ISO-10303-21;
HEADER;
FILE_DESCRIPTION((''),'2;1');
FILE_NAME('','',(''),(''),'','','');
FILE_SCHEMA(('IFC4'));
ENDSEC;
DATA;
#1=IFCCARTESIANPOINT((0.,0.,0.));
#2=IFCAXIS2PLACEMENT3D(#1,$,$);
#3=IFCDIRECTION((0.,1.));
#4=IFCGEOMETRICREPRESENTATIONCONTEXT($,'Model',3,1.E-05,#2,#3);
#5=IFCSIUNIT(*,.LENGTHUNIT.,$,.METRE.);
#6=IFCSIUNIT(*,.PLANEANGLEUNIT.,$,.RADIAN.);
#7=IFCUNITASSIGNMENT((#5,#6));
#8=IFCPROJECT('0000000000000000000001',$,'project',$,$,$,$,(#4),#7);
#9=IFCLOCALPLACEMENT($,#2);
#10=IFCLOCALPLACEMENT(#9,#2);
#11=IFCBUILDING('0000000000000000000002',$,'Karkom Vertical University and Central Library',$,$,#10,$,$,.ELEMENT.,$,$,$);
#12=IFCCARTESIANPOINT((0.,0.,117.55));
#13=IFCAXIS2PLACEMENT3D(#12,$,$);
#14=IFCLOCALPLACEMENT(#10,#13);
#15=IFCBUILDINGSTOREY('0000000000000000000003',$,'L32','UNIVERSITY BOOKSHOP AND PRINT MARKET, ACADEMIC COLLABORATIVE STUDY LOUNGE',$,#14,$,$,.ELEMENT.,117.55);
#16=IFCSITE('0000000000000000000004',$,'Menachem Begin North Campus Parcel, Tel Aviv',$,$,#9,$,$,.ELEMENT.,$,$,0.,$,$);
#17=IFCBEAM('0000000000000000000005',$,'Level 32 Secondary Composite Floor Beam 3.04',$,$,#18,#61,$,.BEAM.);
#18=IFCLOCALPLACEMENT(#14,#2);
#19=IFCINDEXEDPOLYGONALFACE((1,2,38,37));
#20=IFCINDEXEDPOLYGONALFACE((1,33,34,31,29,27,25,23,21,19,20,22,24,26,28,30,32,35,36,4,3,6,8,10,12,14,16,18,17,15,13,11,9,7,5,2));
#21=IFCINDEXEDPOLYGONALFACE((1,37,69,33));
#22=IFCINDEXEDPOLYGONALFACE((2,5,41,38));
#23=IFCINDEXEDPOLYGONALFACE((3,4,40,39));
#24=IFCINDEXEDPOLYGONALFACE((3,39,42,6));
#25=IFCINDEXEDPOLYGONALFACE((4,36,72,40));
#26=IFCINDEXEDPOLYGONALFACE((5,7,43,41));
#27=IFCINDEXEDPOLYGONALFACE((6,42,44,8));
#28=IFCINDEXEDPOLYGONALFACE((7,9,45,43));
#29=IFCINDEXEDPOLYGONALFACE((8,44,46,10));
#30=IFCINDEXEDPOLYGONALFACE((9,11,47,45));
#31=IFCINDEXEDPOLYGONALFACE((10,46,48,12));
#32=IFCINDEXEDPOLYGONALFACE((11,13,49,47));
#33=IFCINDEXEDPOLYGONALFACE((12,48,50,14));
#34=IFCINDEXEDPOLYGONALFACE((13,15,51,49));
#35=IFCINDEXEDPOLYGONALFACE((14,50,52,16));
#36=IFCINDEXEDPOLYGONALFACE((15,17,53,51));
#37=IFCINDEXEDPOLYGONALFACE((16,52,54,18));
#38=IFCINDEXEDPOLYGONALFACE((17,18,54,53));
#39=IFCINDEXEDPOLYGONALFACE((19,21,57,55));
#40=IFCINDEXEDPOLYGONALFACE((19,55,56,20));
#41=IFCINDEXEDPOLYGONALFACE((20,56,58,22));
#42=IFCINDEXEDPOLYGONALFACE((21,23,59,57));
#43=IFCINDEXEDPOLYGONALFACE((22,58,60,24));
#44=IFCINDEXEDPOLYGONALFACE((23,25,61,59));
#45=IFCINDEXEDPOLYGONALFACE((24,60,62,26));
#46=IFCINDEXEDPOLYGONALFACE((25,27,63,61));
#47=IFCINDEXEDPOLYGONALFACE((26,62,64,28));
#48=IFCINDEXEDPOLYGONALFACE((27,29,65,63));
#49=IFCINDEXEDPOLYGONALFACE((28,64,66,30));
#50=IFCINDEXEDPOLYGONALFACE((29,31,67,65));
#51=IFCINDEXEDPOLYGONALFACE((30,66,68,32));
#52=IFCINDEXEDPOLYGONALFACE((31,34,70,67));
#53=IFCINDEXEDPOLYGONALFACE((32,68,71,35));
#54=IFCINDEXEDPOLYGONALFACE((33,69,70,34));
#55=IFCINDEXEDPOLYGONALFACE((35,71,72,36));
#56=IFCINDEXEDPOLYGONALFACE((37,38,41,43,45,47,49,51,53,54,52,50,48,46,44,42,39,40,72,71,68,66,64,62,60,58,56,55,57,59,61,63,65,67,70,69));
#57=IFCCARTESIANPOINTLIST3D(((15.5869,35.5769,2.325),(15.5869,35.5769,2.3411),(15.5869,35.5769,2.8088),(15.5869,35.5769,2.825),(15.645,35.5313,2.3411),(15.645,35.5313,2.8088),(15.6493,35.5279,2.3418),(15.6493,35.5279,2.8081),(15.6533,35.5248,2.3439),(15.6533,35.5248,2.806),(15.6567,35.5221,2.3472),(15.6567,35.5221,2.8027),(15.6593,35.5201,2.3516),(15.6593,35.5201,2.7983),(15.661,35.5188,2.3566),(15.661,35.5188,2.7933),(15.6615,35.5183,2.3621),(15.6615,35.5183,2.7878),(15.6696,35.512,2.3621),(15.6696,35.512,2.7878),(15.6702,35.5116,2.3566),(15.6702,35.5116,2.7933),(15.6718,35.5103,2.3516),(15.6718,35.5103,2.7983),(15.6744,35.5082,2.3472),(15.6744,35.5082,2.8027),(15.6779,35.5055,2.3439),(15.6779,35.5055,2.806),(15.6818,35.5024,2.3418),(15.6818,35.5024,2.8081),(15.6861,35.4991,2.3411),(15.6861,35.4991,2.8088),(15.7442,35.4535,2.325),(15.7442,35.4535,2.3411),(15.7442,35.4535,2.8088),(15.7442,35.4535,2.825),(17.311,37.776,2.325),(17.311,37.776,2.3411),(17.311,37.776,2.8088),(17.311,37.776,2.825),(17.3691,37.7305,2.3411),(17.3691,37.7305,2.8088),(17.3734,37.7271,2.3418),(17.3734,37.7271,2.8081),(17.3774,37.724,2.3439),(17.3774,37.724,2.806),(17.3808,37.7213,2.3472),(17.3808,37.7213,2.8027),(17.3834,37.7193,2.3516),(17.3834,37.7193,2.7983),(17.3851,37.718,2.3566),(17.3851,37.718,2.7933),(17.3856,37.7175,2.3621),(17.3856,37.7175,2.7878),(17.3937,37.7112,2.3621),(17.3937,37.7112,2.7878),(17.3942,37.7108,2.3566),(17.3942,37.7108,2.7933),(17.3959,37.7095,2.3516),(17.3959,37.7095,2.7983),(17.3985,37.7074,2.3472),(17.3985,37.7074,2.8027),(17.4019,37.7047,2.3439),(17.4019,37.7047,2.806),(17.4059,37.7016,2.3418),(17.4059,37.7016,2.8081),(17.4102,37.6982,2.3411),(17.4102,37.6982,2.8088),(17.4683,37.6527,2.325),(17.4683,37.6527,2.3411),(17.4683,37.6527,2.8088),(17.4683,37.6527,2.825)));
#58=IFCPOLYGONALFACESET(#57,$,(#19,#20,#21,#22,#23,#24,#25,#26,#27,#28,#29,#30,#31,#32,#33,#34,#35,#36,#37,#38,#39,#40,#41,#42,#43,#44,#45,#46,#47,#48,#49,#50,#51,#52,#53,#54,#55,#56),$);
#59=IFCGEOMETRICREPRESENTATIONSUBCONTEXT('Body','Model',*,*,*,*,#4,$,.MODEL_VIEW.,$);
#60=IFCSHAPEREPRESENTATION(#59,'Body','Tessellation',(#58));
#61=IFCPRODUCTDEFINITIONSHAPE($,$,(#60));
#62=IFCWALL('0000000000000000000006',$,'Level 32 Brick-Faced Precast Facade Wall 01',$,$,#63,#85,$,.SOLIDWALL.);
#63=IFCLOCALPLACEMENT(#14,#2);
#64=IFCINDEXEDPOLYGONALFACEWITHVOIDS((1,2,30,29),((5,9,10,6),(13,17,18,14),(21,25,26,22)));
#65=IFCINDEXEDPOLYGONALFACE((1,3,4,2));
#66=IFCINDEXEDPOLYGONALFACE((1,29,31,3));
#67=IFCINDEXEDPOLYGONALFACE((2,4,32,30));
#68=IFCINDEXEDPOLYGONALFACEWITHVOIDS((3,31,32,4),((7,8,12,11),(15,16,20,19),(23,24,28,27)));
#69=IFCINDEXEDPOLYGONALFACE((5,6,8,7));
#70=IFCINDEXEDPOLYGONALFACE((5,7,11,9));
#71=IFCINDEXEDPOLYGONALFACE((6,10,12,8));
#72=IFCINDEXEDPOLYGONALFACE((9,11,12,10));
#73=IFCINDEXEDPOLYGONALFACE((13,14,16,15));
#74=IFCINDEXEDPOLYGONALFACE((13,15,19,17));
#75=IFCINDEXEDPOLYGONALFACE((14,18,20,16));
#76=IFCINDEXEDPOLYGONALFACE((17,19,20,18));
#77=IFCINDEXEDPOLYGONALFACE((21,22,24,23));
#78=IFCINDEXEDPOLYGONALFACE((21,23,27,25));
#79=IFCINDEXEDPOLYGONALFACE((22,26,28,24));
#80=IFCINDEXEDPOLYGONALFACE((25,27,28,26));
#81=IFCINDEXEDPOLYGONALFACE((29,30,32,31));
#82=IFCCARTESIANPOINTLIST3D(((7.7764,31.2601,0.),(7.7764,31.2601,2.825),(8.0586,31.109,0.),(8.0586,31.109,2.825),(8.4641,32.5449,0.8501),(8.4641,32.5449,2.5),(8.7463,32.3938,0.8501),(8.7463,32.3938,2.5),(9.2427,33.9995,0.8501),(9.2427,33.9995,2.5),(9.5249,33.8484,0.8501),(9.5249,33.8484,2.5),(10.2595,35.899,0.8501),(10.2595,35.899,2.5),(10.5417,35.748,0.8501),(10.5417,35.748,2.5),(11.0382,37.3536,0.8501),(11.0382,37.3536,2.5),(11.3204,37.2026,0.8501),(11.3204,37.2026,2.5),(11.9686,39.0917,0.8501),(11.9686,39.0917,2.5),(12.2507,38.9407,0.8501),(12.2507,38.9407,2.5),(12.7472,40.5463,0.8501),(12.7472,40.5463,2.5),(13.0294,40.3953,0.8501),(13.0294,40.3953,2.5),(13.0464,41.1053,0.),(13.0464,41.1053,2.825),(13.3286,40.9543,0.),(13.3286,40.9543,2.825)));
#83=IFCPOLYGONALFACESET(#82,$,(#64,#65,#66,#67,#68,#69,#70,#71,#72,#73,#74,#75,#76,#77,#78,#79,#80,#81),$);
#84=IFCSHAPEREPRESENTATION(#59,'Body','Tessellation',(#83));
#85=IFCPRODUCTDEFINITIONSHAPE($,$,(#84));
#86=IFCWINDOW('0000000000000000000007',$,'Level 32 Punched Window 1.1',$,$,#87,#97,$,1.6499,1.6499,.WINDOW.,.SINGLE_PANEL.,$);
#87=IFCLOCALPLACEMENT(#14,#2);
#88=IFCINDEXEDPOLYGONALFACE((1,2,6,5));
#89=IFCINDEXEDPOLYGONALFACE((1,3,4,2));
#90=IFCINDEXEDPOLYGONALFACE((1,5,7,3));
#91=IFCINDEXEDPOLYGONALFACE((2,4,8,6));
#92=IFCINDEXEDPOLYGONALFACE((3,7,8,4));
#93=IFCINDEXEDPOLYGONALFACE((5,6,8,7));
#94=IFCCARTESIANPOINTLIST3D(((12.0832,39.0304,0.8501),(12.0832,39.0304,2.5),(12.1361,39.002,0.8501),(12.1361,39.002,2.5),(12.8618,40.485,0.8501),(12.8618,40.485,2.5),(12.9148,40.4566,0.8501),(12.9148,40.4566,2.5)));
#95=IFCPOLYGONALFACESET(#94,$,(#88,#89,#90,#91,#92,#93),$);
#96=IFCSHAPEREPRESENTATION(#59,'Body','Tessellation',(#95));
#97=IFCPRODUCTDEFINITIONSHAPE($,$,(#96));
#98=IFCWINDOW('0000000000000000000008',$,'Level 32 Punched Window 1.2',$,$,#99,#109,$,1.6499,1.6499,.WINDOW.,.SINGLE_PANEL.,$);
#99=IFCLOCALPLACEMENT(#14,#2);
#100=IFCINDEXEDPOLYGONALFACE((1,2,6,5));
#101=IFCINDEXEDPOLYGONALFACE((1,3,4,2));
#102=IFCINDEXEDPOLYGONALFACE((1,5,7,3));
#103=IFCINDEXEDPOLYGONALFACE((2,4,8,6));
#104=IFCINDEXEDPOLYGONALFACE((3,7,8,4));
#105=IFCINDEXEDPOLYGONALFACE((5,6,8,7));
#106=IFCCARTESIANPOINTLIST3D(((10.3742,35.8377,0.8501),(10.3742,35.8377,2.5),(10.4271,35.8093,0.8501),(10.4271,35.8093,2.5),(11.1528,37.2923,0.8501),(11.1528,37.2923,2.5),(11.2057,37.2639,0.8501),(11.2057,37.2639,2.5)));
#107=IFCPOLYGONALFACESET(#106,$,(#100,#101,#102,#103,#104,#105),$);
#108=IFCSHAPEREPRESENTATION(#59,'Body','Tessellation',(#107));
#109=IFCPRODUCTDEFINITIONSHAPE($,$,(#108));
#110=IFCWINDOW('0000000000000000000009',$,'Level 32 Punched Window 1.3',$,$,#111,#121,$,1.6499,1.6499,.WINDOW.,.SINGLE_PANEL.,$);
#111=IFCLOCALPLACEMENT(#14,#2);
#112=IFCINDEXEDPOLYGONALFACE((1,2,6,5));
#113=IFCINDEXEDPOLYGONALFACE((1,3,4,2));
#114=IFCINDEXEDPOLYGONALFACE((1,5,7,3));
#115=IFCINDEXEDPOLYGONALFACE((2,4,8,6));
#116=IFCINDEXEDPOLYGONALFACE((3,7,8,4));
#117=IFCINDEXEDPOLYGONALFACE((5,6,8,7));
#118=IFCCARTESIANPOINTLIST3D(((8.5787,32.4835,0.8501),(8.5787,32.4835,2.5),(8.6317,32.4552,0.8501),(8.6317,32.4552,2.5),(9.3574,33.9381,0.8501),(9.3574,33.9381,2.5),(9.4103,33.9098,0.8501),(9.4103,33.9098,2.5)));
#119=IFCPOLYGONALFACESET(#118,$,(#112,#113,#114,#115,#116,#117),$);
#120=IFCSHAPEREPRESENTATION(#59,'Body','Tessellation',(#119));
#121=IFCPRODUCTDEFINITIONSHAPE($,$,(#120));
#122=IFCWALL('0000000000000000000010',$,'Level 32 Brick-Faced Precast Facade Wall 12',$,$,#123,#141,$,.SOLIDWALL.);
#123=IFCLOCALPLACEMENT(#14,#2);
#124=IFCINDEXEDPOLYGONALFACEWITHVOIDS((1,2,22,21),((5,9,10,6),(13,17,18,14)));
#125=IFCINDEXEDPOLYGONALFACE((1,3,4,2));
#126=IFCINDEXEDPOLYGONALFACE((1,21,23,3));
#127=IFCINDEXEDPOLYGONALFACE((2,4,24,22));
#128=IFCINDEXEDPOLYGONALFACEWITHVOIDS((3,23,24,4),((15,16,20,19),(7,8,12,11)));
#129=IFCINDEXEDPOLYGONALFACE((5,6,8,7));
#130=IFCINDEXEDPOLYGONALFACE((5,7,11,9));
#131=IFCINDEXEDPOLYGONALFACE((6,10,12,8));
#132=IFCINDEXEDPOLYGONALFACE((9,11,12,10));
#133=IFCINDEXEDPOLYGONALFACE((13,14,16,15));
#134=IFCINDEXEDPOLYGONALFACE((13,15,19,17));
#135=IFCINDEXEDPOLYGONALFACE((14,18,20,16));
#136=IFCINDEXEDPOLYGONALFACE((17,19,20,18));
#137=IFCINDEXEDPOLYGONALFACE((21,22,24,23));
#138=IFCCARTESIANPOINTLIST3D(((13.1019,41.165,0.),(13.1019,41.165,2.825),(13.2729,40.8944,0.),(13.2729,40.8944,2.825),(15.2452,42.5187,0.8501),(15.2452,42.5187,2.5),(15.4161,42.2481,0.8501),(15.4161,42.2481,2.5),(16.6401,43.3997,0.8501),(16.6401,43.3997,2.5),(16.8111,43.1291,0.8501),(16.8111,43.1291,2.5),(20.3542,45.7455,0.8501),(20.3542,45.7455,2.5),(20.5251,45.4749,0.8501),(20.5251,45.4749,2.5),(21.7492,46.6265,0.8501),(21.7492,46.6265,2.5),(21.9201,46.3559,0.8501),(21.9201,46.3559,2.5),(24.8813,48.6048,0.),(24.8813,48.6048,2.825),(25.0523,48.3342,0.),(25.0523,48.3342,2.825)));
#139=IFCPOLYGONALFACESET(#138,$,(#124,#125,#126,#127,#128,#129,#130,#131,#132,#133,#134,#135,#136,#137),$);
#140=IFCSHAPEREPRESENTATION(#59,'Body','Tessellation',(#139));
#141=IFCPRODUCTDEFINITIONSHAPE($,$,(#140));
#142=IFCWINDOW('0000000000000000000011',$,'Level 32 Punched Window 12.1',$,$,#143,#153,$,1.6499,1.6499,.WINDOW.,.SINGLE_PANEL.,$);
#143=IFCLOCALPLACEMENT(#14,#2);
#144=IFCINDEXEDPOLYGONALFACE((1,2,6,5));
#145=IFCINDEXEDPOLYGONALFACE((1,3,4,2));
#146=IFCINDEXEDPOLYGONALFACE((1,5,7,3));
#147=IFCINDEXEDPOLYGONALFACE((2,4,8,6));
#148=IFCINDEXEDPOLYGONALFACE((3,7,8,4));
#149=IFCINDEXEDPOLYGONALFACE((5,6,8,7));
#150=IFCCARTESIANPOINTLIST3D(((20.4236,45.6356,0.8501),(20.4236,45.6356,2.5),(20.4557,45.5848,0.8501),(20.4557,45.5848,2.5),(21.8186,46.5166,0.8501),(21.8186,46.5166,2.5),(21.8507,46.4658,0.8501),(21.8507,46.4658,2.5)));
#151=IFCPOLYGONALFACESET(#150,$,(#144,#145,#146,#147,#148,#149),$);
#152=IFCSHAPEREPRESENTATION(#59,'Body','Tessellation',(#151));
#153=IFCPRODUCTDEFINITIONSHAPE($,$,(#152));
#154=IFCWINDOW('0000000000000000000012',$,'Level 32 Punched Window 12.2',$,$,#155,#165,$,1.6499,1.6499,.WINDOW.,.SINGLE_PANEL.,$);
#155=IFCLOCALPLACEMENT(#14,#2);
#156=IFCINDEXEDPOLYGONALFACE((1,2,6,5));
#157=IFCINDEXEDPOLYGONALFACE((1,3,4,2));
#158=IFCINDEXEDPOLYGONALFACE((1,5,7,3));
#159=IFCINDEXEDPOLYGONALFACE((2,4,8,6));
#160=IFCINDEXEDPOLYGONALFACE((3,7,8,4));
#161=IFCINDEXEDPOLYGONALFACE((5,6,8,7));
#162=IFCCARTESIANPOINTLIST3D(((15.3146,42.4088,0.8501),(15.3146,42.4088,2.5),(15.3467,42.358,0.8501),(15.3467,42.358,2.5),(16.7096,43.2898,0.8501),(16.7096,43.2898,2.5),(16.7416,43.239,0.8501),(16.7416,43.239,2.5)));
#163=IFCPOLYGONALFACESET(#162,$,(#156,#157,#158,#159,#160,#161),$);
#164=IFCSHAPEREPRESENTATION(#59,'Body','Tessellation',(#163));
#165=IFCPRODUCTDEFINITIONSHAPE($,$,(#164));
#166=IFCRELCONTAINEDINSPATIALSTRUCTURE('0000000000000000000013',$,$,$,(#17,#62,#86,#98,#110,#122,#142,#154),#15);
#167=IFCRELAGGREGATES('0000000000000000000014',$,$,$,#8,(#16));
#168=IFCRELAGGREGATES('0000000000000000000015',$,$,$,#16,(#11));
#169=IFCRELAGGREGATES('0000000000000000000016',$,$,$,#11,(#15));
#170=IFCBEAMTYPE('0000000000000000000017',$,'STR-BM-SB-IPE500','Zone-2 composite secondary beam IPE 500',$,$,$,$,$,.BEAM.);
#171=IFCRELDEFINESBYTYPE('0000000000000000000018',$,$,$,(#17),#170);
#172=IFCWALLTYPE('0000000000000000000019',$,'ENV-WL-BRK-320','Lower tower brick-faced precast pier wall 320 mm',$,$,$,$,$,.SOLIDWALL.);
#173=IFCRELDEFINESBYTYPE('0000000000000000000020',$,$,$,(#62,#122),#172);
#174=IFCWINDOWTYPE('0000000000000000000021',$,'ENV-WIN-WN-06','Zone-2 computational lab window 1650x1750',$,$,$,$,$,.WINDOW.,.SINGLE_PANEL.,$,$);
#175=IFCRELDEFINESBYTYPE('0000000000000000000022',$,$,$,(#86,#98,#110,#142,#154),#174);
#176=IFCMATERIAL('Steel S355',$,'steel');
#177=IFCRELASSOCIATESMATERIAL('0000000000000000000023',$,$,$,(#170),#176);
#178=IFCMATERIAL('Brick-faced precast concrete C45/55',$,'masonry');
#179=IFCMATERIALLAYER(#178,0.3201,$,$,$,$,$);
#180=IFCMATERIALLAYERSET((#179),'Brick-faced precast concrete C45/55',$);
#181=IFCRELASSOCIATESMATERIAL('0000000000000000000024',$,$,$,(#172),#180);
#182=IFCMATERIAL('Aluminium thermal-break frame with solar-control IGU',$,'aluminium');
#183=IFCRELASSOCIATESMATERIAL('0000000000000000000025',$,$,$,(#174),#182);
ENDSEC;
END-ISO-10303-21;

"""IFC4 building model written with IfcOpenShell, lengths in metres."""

from ifc_helpers import new_model, si_unit, direction, frame, frame_2d, origin, origin_with_axes, origin_2d, place, context, subcontext, project, spatial, rectangle, i_section, extrude, source, transform, mapped, material, layer, layer_set, material_profile, profile_set, type_object, element, fill, save


model = new_model("IFC4")

# Units and contexts
model_context = context("Model", 3, precision=1e-05, world=origin(), true_north=direction((0.0, 1.0)))
body_context = subcontext(model_context, "Body", "Model", "MODEL_VIEW")
ifc_project = project(units=[si_unit("LENGTHUNIT", "METRE"), si_unit("PLANEANGLEUNIT", "RADIAN")], contexts=[model_context])

# Site, building, storey
site_placement = place(None, origin())
site = spatial("IfcSite", under=ifc_project, at=site_placement, Name="Menachem Begin North Campus Parcel, Tel Aviv", CompositionType="ELEMENT", RefElevation=0.0)
building_placement = place(site_placement, origin())
building = spatial("IfcBuilding", under=site, at=building_placement, Name="Karkom Vertical University and Central Library", CompositionType="ELEMENT")
storey_placement = place(building_placement, frame((0.0, 0.0, 117.55)))
storey = spatial("IfcBuildingStorey", under=building, at=storey_placement, Name="L32", Description="UNIVERSITY BOOKSHOP AND PRINT MARKET, ACADEMIC COLLABORATIVE STUDY LOUNGE", CompositionType="ELEMENT", Elevation=117.55)

# Beam
ifc_material_1 = material(Name="Steel S355", Category="steel")
ifc_material_profile_1 = material_profile(ifc_material_1, i_section(OverallWidth=0.2, OverallDepth=0.5, WebThickness=0.0103, FlangeThickness=0.0161, FilletRadius=0.021, at=origin_2d()), Name="IPE 500")
ifc_profile_set_1 = profile_set([ifc_material_profile_1], Name="Steel S355")
beam_type_1 = type_object("IfcBeamType", Name="STR-BM-SB-IPE500", Description="Zone-2 composite secondary beam IPE 500", PredefinedType="BEAM", material=ifc_profile_set_1)
shared_shape_1 = source(origin_with_axes(), body_context, "Body", "SweptSolid", [
    extrude(i_section(OverallWidth=0.2, OverallDepth=0.5, WebThickness=0.0103, FlangeThickness=0.0161, FilletRadius=0.021, at=origin_2d()), origin(), (0.0, 0.0, 1.0), 2.7944),
])
beam_1_placement = place(storey_placement, frame((17.3896, 37.7144, 2.575), z_axis=(-0.616972, -0.786985, 0.0), x_axis=(0.786985, -0.616972, 0.0)))
element("IfcBeam", 1, at=beam_1_placement, inside=storey, type_object=beam_type_1, Name="Level 32 Secondary Composite Floor Beam 3.04", PredefinedType="BEAM", context=body_context, shape_type="MappedRepresentation", body=[
    mapped(shared_shape_1, transform((0.0, 0.0, 0.0), scale=1.0)),
])

# Walls, openings, windows
ifc_material_2 = material(Name="Brick-faced precast concrete C45/55", Category="masonry")
ifc_layer_1 = layer(ifc_material_2, 0.3201)
ifc_layer_set_1 = layer_set([ifc_layer_1], Name="Brick-faced precast concrete C45/55")
wall_type_1 = type_object("IfcWallType", Name="ENV-WL-BRK-320", Description="Lower tower brick-faced precast pier wall 320 mm", PredefinedType="SOLIDWALL", material=ifc_layer_set_1)
wall_1_placement = place(storey_placement, frame((13.1875, 41.0298, 0.0), z_axis=(0.0, 0.0, 1.0), x_axis=(-0.471929, -0.881637, 0.0)))
wall_1 = element("IfcWall", 2, at=wall_1_placement, inside=storey, type_object=wall_type_1, Name="Level 32 Brick-Faced Precast Facade Wall 01", PredefinedType="SOLIDWALL", context=body_context, shape_type="SweptSolid", body=[
    extrude(rectangle(XDim=11.167, YDim=0.3201, at=frame_2d((5.5835, 0.0))), origin(), (0.0, 0.0, 1.0), 2.825),
])
opening_1_placement = place(wall_1_placement, frame((0.634, 0.0, 0.8501)))
opening_1 = element("IfcOpeningElement", 3, at=opening_1_placement, cuts=wall_1, PredefinedType="OPENING", context=body_context, shape_type="SweptSolid", body=[
    extrude(rectangle(XDim=1.6499, YDim=1.6499, at=frame_2d((0.825, 0.825))), frame((0.0, 0.1699, 0.0), z_axis=(0.0, -1.0, 0.0), x_axis=(1.0, 0.0, 0.0)), (0.0, 0.0, 1.0), 0.3401),
])
opening_2_placement = place(wall_1_placement, frame((4.2554, 0.0, 0.8501)))
opening_2 = element("IfcOpeningElement", 4, at=opening_2_placement, cuts=wall_1, PredefinedType="OPENING", context=body_context, shape_type="SweptSolid", body=[
    extrude(rectangle(XDim=1.6499, YDim=1.6499, at=frame_2d((0.825, 0.825))), frame((0.0, 0.1699, 0.0), z_axis=(0.0, -1.0, 0.0), x_axis=(1.0, 0.0, 0.0)), (0.0, 0.0, 1.0), 0.3401),
])
opening_3_placement = place(wall_1_placement, frame((8.0598, 0.0, 0.8501)))
opening_3 = element("IfcOpeningElement", 5, at=opening_3_placement, cuts=wall_1, PredefinedType="OPENING", context=body_context, shape_type="SweptSolid", body=[
    extrude(rectangle(XDim=1.6499, YDim=1.6499, at=frame_2d((0.825, 0.825))), frame((0.0, 0.1699, 0.0), z_axis=(0.0, -1.0, 0.0), x_axis=(1.0, 0.0, 0.0)), (0.0, 0.0, 1.0), 0.3401),
])
ifc_material_3 = material(Name="Aluminium thermal-break frame with solar-control IGU", Category="aluminium")
window_type = type_object("IfcWindowType", Name="ENV-WIN-WN-06", Description="Zone-2 computational lab window 1650x1750", PartitioningType="SINGLE_PANEL", PredefinedType="WINDOW", material=ifc_material_3)
shared_shape_2 = source(origin_with_axes(), body_context, "Body", "SweptSolid", [
    extrude(rectangle(XDim=1.6499, YDim=1.6499, at=frame_2d((0.825, 0.825))), frame((0.0, 0.03, 0.0), z_axis=(0.0, -1.0, 0.0), x_axis=(1.0, 0.0, 0.0)), (0.0, 0.0, 1.0), 0.0601),
])
window_1_placement = place(opening_1_placement, origin())
window_1 = element("IfcWindow", 6, at=window_1_placement, inside=storey, type_object=window_type, Name="Level 32 Punched Window 1.1", OverallHeight=1.6499, OverallWidth=1.6499, PartitioningType="SINGLE_PANEL", PredefinedType="WINDOW", context=body_context, shape_type="MappedRepresentation", body=[
    mapped(shared_shape_2, transform((0.0, 0.0, 0.0), scale=1.0)),
])
fill(opening_1, window_1)
window_2_placement = place(opening_2_placement, origin())
window_2 = element("IfcWindow", 7, at=window_2_placement, inside=storey, type_object=window_type, Name="Level 32 Punched Window 1.2", OverallHeight=1.6499, OverallWidth=1.6499, PartitioningType="SINGLE_PANEL", PredefinedType="WINDOW", context=body_context, shape_type="MappedRepresentation", body=[
    mapped(shared_shape_2, transform((0.0, 0.0, 0.0), scale=1.0)),
])
fill(opening_2, window_2)
window_3_placement = place(opening_3_placement, origin())
window_3 = element("IfcWindow", 8, at=window_3_placement, inside=storey, type_object=window_type, Name="Level 32 Punched Window 1.3", OverallHeight=1.6499, OverallWidth=1.6499, PartitioningType="SINGLE_PANEL", PredefinedType="WINDOW", context=body_context, shape_type="MappedRepresentation", body=[
    mapped(shared_shape_2, transform((0.0, 0.0, 0.0), scale=1.0)),
])
fill(opening_3, window_3)
wall_2_placement = place(storey_placement, frame((24.9668, 48.4695, 0.0), z_axis=(0.0, 0.0, 1.0), x_axis=(-0.845484, -0.534, 0.0)))
wall_2 = element("IfcWall", 9, at=wall_2_placement, inside=storey, type_object=wall_type_1, Name="Level 32 Brick-Faced Precast Facade Wall 12", PredefinedType="SOLIDWALL", context=body_context, shape_type="SweptSolid", body=[
    extrude(rectangle(XDim=13.9321, YDim=0.3201, at=frame_2d((6.9661, 0.0))), origin(), (0.0, 0.0, 1.0), 2.825),
])
opening_4_placement = place(wall_2_placement, frame((3.7046, 0.0, 0.8501)))
opening_4 = element("IfcOpeningElement", 10, at=opening_4_placement, cuts=wall_2, PredefinedType="OPENING", context=body_context, shape_type="SweptSolid", body=[
    extrude(rectangle(XDim=1.6499, YDim=1.6499, at=frame_2d((0.825, 0.825))), frame((0.0, 0.1699, 0.0), z_axis=(0.0, -1.0, 0.0), x_axis=(1.0, 0.0, 0.0)), (0.0, 0.0, 1.0), 0.3401),
])
opening_5_placement = place(wall_2_placement, frame((9.7473, 0.0, 0.8501)))
opening_5 = element("IfcOpeningElement", 11, at=opening_5_placement, cuts=wall_2, PredefinedType="OPENING", context=body_context, shape_type="SweptSolid", body=[
    extrude(rectangle(XDim=1.6499, YDim=1.6499, at=frame_2d((0.825, 0.825))), frame((0.0, 0.1699, 0.0), z_axis=(0.0, -1.0, 0.0), x_axis=(1.0, 0.0, 0.0)), (0.0, 0.0, 1.0), 0.3401),
])
window_4_placement = place(opening_4_placement, origin())
window_4 = element("IfcWindow", 12, at=window_4_placement, inside=storey, type_object=window_type, Name="Level 32 Punched Window 12.1", OverallHeight=1.6499, OverallWidth=1.6499, PartitioningType="SINGLE_PANEL", PredefinedType="WINDOW", context=body_context, shape_type="MappedRepresentation", body=[
    mapped(shared_shape_2, transform((0.0, 0.0, 0.0), scale=1.0)),
])
fill(opening_4, window_4)
window_5_placement = place(opening_5_placement, origin())
window_5 = element("IfcWindow", 13, at=window_5_placement, inside=storey, type_object=window_type, Name="Level 32 Punched Window 12.2", OverallHeight=1.6499, OverallWidth=1.6499, PartitioningType="SINGLE_PANEL", PredefinedType="WINDOW", context=body_context, shape_type="MappedRepresentation", body=[
    mapped(shared_shape_2, transform((0.0, 0.0, 0.0), scale=1.0)),
])
fill(opening_5, window_5)

save(model, "model.ifc")
